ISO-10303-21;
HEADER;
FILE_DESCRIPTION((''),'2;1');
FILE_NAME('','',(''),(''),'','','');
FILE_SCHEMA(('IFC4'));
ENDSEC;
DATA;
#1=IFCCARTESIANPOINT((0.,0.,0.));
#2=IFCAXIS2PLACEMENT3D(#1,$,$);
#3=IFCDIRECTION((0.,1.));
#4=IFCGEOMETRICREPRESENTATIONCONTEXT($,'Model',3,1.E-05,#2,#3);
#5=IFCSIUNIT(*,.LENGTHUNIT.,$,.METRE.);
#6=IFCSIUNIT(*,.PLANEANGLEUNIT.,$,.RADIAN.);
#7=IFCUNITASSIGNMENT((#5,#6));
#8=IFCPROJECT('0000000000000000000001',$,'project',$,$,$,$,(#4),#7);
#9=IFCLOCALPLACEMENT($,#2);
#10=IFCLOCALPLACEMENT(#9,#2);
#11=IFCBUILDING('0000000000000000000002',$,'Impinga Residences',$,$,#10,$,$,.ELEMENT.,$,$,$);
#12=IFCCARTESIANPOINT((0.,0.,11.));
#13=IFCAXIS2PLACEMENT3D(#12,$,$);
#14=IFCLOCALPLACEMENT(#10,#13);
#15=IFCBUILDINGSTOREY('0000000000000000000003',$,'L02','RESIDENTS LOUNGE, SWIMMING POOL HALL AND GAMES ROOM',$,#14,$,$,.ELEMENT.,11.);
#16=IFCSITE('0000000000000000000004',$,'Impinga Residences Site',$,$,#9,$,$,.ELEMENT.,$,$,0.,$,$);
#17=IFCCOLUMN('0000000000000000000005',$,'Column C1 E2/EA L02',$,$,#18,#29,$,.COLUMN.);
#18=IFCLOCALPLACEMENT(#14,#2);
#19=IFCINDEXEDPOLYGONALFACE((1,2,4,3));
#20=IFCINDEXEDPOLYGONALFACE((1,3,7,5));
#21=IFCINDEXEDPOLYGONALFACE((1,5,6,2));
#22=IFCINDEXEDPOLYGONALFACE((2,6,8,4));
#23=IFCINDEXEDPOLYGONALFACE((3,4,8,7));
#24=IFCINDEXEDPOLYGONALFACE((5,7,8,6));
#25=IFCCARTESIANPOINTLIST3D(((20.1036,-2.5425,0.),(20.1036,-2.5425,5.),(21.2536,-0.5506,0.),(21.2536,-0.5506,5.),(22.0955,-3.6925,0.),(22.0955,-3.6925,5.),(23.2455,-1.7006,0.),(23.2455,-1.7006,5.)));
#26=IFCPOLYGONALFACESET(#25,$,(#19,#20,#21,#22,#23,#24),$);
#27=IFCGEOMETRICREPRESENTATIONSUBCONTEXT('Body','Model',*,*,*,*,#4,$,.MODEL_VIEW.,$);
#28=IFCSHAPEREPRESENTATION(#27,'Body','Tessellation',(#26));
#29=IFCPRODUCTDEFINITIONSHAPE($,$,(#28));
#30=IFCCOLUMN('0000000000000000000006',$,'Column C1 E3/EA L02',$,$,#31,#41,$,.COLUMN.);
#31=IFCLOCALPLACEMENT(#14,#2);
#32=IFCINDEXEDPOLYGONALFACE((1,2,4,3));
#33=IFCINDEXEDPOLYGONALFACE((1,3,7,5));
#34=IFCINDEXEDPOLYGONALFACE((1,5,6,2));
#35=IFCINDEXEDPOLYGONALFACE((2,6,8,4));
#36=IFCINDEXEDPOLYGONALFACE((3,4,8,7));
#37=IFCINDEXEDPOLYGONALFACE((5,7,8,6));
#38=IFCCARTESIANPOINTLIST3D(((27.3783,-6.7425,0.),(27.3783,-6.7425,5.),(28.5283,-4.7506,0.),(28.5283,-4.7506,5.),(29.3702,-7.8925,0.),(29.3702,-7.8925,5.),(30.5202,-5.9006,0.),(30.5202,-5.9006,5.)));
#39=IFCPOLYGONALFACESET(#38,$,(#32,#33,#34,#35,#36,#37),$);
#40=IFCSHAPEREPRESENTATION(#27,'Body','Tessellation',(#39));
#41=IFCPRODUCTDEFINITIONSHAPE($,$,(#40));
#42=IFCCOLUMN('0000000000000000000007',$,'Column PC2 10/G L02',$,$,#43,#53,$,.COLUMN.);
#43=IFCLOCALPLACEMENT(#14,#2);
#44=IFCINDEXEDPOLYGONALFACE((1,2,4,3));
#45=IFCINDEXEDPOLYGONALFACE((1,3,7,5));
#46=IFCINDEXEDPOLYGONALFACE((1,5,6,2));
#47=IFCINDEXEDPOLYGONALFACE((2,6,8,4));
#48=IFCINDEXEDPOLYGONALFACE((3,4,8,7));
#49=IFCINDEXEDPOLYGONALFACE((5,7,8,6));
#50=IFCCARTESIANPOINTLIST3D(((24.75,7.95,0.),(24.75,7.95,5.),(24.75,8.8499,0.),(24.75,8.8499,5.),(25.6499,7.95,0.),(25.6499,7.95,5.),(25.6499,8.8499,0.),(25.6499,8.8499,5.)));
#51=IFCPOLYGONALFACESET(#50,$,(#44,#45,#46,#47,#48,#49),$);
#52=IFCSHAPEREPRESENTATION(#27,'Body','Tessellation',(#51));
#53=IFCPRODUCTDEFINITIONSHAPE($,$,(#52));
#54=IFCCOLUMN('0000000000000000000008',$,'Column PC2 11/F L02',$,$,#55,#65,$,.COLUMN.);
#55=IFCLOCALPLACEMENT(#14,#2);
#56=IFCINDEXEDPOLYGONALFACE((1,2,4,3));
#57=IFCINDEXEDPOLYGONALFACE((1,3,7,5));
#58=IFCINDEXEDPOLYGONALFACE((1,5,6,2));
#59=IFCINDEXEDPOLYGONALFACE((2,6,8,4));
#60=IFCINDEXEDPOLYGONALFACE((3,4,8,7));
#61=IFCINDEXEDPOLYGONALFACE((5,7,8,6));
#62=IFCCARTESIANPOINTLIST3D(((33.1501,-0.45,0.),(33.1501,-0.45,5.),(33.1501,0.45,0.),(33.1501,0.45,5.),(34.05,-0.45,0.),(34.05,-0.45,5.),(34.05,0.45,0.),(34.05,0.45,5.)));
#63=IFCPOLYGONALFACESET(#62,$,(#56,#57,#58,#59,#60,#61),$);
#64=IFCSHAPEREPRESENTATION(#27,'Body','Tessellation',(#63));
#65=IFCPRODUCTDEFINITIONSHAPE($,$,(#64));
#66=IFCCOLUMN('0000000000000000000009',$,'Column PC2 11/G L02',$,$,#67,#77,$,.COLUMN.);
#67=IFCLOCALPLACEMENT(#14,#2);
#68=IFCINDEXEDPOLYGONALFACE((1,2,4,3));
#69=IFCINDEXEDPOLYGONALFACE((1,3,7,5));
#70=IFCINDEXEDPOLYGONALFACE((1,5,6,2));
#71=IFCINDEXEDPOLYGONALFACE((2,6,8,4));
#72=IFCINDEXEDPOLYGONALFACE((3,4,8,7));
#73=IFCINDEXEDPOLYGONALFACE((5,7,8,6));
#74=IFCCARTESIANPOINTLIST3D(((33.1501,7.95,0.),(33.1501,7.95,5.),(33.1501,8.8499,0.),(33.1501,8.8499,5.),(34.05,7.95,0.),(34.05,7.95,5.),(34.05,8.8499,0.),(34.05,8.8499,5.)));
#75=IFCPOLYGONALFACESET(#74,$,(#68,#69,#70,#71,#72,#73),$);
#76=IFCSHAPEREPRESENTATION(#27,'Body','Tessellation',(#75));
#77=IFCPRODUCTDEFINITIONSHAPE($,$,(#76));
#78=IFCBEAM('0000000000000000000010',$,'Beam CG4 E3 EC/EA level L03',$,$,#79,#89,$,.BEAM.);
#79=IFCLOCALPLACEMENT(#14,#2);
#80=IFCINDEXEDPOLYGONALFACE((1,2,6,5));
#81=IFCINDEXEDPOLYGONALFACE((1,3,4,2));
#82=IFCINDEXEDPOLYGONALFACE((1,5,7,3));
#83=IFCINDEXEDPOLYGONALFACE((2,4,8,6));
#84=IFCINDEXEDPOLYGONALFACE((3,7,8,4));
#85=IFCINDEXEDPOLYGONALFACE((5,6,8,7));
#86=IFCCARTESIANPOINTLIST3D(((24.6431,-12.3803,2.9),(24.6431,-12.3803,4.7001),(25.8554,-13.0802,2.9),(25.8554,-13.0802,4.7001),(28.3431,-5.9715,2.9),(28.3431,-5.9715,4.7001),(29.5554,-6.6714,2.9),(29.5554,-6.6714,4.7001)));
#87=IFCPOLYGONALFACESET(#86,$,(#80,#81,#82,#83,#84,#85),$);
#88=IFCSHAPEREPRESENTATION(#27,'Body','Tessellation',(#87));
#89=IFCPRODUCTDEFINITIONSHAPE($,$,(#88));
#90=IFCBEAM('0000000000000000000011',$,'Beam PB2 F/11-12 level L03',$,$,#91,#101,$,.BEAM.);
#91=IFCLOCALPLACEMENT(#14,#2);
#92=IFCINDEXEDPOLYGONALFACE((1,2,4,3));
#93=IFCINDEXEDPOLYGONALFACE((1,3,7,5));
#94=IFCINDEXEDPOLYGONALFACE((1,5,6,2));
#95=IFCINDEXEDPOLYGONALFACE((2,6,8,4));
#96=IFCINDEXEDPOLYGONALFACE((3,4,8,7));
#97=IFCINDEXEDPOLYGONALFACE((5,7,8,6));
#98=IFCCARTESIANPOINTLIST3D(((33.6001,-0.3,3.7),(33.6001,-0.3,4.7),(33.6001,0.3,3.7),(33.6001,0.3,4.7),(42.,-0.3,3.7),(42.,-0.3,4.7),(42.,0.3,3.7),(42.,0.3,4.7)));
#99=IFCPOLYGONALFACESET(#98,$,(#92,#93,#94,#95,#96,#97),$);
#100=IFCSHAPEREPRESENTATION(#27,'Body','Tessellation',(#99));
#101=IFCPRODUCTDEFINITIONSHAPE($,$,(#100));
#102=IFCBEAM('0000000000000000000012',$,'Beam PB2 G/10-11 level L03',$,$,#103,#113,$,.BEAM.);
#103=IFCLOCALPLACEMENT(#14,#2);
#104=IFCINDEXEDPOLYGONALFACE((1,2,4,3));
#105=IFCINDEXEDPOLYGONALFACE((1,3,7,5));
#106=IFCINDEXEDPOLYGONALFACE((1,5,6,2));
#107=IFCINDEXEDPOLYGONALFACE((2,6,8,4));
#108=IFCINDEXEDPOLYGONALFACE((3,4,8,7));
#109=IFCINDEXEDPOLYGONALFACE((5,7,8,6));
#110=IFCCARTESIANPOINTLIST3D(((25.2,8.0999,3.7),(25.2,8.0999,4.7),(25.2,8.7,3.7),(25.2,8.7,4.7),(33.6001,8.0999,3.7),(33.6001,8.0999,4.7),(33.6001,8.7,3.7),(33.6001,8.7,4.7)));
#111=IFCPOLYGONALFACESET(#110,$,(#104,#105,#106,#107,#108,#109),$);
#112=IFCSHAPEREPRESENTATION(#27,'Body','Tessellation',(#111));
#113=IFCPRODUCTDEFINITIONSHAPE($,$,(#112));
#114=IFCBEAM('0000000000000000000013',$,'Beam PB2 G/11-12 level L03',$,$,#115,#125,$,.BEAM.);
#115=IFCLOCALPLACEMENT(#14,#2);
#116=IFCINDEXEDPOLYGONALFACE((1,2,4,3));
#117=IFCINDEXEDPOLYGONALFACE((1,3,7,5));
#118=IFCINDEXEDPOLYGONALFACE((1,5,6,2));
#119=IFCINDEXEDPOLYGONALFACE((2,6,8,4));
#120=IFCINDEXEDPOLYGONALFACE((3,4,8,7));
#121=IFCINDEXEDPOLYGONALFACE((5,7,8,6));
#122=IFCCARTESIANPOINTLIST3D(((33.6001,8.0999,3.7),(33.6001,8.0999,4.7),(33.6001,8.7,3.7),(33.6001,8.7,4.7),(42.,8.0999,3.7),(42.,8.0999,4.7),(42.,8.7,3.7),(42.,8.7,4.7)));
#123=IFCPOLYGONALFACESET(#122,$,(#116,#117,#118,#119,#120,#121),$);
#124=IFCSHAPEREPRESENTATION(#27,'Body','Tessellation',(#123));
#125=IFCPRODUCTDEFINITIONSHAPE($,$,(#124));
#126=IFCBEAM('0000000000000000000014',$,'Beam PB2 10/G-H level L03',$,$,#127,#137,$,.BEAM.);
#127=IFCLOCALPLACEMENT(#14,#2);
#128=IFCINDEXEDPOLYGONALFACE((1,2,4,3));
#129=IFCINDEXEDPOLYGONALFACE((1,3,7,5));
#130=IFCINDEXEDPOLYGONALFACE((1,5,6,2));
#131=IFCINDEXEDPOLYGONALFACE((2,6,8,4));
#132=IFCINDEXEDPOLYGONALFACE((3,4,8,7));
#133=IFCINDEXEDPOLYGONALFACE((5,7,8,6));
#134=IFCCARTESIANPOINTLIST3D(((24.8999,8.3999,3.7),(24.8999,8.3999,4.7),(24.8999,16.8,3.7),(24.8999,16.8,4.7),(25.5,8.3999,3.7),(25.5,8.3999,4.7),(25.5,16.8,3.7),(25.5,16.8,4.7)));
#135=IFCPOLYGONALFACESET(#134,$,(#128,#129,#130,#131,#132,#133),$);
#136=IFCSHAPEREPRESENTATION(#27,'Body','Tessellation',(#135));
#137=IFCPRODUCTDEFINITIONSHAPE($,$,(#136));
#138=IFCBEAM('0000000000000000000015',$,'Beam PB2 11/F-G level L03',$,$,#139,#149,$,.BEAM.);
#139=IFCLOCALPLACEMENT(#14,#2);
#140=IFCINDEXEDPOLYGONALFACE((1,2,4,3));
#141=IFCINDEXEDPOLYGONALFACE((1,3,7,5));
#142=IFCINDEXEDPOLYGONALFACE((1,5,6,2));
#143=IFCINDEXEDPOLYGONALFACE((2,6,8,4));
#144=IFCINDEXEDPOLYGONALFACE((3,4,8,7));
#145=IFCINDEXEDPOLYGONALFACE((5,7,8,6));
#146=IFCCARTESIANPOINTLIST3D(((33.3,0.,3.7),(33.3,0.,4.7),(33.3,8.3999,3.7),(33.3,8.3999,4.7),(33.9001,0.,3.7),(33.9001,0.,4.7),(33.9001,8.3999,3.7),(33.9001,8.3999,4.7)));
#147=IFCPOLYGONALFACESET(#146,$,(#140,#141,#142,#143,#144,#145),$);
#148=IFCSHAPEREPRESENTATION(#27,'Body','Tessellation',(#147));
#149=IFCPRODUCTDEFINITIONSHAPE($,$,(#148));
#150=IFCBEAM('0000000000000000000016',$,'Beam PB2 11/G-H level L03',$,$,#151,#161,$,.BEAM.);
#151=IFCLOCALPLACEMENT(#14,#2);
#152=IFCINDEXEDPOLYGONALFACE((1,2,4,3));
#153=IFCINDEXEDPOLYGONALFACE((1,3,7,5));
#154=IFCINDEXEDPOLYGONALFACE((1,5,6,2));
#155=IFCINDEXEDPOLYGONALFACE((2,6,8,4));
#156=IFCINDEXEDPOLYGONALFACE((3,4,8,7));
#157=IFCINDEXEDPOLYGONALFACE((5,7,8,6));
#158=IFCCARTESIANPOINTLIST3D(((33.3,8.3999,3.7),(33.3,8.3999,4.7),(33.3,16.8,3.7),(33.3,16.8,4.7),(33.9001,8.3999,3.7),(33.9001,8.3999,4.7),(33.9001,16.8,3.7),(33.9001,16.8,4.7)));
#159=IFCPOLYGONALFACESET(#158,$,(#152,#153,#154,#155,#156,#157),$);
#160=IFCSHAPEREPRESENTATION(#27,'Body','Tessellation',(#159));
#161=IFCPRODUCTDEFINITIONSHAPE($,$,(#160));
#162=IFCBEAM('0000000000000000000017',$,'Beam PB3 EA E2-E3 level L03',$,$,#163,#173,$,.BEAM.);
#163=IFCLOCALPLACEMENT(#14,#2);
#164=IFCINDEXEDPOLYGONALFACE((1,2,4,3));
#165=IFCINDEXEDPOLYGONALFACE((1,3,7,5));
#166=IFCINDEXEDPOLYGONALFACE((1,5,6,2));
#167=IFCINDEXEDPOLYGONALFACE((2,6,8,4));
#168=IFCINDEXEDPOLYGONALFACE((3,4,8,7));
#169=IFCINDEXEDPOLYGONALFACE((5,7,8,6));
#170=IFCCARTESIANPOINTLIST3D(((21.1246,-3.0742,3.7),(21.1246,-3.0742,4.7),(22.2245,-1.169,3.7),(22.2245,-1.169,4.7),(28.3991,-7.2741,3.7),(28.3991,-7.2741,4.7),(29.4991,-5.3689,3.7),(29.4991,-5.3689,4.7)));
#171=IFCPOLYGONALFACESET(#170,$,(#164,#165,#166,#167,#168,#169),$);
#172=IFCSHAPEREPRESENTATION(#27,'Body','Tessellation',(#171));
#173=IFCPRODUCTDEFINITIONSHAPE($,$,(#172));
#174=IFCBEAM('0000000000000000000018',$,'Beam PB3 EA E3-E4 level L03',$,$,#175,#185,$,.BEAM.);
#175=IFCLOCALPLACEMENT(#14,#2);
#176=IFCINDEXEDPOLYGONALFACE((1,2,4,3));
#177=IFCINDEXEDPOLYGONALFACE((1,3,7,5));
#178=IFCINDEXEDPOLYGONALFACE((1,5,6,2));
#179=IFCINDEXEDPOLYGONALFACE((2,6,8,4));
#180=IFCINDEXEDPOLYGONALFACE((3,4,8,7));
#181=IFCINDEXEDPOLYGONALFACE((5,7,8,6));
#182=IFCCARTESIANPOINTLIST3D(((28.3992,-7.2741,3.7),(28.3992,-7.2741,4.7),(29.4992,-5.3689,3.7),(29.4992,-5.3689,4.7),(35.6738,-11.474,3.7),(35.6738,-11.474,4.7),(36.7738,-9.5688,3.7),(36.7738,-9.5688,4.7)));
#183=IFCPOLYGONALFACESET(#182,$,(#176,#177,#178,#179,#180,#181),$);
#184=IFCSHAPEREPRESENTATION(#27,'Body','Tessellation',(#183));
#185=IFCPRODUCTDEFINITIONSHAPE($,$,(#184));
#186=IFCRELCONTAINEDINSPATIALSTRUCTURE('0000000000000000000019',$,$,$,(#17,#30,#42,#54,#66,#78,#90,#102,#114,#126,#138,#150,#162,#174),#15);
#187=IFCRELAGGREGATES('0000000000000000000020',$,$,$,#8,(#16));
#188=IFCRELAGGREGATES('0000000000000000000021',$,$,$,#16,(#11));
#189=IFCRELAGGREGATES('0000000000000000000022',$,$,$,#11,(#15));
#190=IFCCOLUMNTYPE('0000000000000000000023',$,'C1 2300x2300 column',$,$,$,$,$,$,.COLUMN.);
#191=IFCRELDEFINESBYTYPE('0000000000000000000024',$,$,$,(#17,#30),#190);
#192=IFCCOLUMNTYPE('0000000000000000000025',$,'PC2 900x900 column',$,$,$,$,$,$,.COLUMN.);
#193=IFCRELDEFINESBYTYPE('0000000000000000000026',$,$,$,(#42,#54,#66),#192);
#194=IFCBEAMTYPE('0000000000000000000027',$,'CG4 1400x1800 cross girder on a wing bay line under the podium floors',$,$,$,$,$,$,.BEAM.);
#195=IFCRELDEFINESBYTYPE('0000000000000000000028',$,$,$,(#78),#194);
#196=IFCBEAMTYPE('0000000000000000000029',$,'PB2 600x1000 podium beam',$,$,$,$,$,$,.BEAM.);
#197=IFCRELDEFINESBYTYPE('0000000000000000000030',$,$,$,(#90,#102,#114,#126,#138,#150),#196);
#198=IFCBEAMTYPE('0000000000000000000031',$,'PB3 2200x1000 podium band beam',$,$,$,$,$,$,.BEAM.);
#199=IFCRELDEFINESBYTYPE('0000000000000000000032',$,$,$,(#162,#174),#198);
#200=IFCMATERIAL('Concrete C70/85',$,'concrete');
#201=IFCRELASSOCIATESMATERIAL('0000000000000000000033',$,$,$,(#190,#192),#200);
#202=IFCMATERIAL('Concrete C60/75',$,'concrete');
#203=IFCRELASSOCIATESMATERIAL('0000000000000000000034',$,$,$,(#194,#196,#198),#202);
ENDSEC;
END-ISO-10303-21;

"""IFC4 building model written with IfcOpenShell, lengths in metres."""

from ifc_helpers import new_model, si_unit, direction, frame, origin, origin_2d, place, context, subcontext, project, spatial, rectangle, extrude, material, material_profile, profile_set, type_object, element, save


model = new_model("IFC4")

# Units and contexts
model_context = context("Model", 3, precision=1e-05, world=origin(), true_north=direction((0.0, 1.0)))
body_context = subcontext(model_context, "Body", "Model", "MODEL_VIEW")
ifc_project = project(units=[si_unit("LENGTHUNIT", "METRE"), si_unit("PLANEANGLEUNIT", "RADIAN")], contexts=[model_context])

# Site, building, storey
site_placement = place(None, origin())
site = spatial("IfcSite", under=ifc_project, at=site_placement, Name="Impinga Residences Site", CompositionType="ELEMENT", RefElevation=0.0)
building_placement = place(site_placement, origin())
building = spatial("IfcBuilding", under=site, at=building_placement, Name="Impinga Residences", CompositionType="ELEMENT")
storey_placement = place(building_placement, frame((0.0, 0.0, 11.0)))
storey = spatial("IfcBuildingStorey", under=building, at=storey_placement, Name="L02", Description="RESIDENTS LOUNGE, SWIMMING POOL HALL AND GAMES ROOM", CompositionType="ELEMENT", Elevation=11.0)

# Columns
ifc_material_1 = material(Name="Concrete C70/85", Category="concrete")
ifc_material_profile_1 = material_profile(ifc_material_1, rectangle(XDim=2.3, YDim=2.3, at=origin_2d()), Name="RC 2300x2300")
ifc_profile_set_1 = profile_set([ifc_material_profile_1], Name="Concrete C70/85")
column_type_1 = type_object("IfcColumnType", Name="C1 2300x2300 column", PredefinedType="COLUMN", material=ifc_profile_set_1)
for number, where, z_axis, x_axis, name in (
    (1, (21.6746, -2.1216, 0.0), (0.0, 0.0, 1.0), (-0.5, -0.866025, 0.0), "Column C1 E2/EA L02"),
    (2, (28.9492, -6.3215, 0.0), (0.0, 0.0, 1.0), (-0.5, -0.866025, 0.0), "Column C1 E3/EA L02"),
):
    element("IfcColumn", number, at=place(storey_placement, frame(where, z_axis=z_axis, x_axis=x_axis)), inside=storey, type_object=column_type_1, Name=name, PredefinedType="COLUMN", context=body_context, shape_type="SweptSolid", body=[
        extrude(rectangle(XDim=2.3, YDim=2.3, at=origin_2d()), origin(), (0.0, 0.0, 1.0), 5.0),
    ])
ifc_material_profile_2 = material_profile(ifc_material_1, rectangle(XDim=0.8999, YDim=0.8999, at=origin_2d()), Name="RC 900x900")
ifc_profile_set_2 = profile_set([ifc_material_profile_2], Name="Concrete C70/85")
column_type_2 = type_object("IfcColumnType", Name="PC2 900x900 column", PredefinedType="COLUMN", material=ifc_profile_set_2)
for number, where, z_axis, x_axis, name in (
    (3, (25.2, 8.3999, 0.0), (0.0, 0.0, 1.0), (1.0, 0.0, 0.0), "Column PC2 10/G L02"),
    (4, (33.6001, 0.0, 0.0), (0.0, 0.0, 1.0), (1.0, 0.0, 0.0), "Column PC2 11/F L02"),
    (5, (33.6001, 8.3999, 0.0), (0.0, 0.0, 1.0), (1.0, 0.0, 0.0), "Column PC2 11/G L02"),
):
    element("IfcColumn", number, at=place(storey_placement, frame(where, z_axis=z_axis, x_axis=x_axis)), inside=storey, type_object=column_type_2, Name=name, PredefinedType="COLUMN", context=body_context, shape_type="SweptSolid", body=[
        extrude(rectangle(XDim=0.8999, YDim=0.8999, at=origin_2d()), origin(), (0.0, 0.0, 1.0), 5.0),
    ])

# Beams
ifc_material_2 = material(Name="Concrete C60/75", Category="concrete")
ifc_material_profile_3 = material_profile(ifc_material_2, rectangle(XDim=1.3999, YDim=1.8, at=origin_2d()), Name="RC 1400x1800")
ifc_profile_set_3 = profile_set([ifc_material_profile_3], Name="Concrete C60/75")
beam_type_1 = type_object("IfcBeamType", Name="CG4 1400x1800 cross girder on a wing bay line under the podium floors", PredefinedType="BEAM", material=ifc_profile_set_3)
beam_1_placement = place(storey_placement, frame((25.2493, -12.7302, 3.8), z_axis=(0.499989, 0.866032, 0.0), x_axis=(-0.866032, 0.499989, 0.0)))
element("IfcBeam", 6, at=beam_1_placement, inside=storey, type_object=beam_type_1, Name="Beam CG4 E3 EC/EA level L03", PredefinedType="BEAM", context=body_context, shape_type="SweptSolid", body=[
    extrude(rectangle(XDim=1.3999, YDim=1.8, at=origin_2d()), origin(), (0.0, 0.0, 1.0), 7.4001),
])
ifc_material_profile_4 = material_profile(ifc_material_2, rectangle(XDim=0.6001, YDim=1.0, at=origin_2d()), Name="RC 600x1000")
ifc_profile_set_4 = profile_set([ifc_material_profile_4], Name="Concrete C60/75")
beam_type_2 = type_object("IfcBeamType", Name="PB2 600x1000 podium beam", PredefinedType="BEAM", material=ifc_profile_set_4)
beam_2_placement = place(storey_placement, frame((33.6001, 0.0, 4.2), z_axis=(1.0, 0.0, 0.0), x_axis=(0.0, 1.0, 0.0)))
element("IfcBeam", 7, at=beam_2_placement, inside=storey, type_object=beam_type_2, Name="Beam PB2 F/11-12 level L03", PredefinedType="BEAM", context=body_context, shape_type="SweptSolid", body=[
    extrude(rectangle(XDim=0.6001, YDim=1.0, at=origin_2d()), origin(), (0.0, 0.0, 1.0), 8.3999),
])
beam_3_placement = place(storey_placement, frame((25.2, 8.3999, 4.2), z_axis=(1.0, 0.0, 0.0), x_axis=(0.0, 1.0, 0.0)))
element("IfcBeam", 8, at=beam_3_placement, inside=storey, type_object=beam_type_2, Name="Beam PB2 G/10-11 level L03", PredefinedType="BEAM", context=body_context, shape_type="SweptSolid", body=[
    extrude(rectangle(XDim=0.6001, YDim=1.0, at=origin_2d()), origin(), (0.0, 0.0, 1.0), 8.4001),
])
beam_4_placement = place(storey_placement, frame((33.6001, 8.3999, 4.2), z_axis=(1.0, 0.0, 0.0), x_axis=(0.0, 1.0, 0.0)))
element("IfcBeam", 9, at=beam_4_placement, inside=storey, type_object=beam_type_2, Name="Beam PB2 G/11-12 level L03", PredefinedType="BEAM", context=body_context, shape_type="SweptSolid", body=[
    extrude(rectangle(XDim=0.6001, YDim=1.0, at=origin_2d()), origin(), (0.0, 0.0, 1.0), 8.3999),
])
beam_5_placement = place(storey_placement, frame((25.2, 8.3999, 4.2), z_axis=(0.0, 1.0, 0.0), x_axis=(-1.0, 0.0, 0.0)))
element("IfcBeam", 10, at=beam_5_placement, inside=storey, type_object=beam_type_2, Name="Beam PB2 10/G-H level L03", PredefinedType="BEAM", context=body_context, shape_type="SweptSolid", body=[
    extrude(rectangle(XDim=0.6001, YDim=1.0, at=origin_2d()), origin(), (0.0, 0.0, 1.0), 8.4001),
])
beam_6_placement = place(storey_placement, frame((33.6001, 0.0, 4.2), z_axis=(0.0, 1.0, 0.0), x_axis=(-1.0, 0.0, 0.0)))
element("IfcBeam", 11, at=beam_6_placement, inside=storey, type_object=beam_type_2, Name="Beam PB2 11/F-G level L03", PredefinedType="BEAM", context=body_context, shape_type="SweptSolid", body=[
    extrude(rectangle(XDim=0.6001, YDim=1.0, at=origin_2d()), origin(), (0.0, 0.0, 1.0), 8.3999),
])
beam_7_placement = place(storey_placement, frame((33.6001, 8.3999, 4.2), z_axis=(0.0, 1.0, 0.0), x_axis=(-1.0, 0.0, 0.0)))
element("IfcBeam", 12, at=beam_7_placement, inside=storey, type_object=beam_type_2, Name="Beam PB2 11/G-H level L03", PredefinedType="BEAM", context=body_context, shape_type="SweptSolid", body=[
    extrude(rectangle(XDim=0.6001, YDim=1.0, at=origin_2d()), origin(), (0.0, 0.0, 1.0), 8.4001),
])
ifc_material_profile_5 = material_profile(ifc_material_2, rectangle(XDim=2.2, YDim=1.0, at=origin_2d()), Name="RC 2200x1000")
ifc_profile_set_5 = profile_set([ifc_material_profile_5], Name="Concrete C60/75")
beam_type_3 = type_object("IfcBeamType", Name="PB3 2200x1000 podium band beam", PredefinedType="BEAM", material=ifc_profile_set_5)
for number, where, z_axis, x_axis, name in (
    (13, (21.6746, -2.1216, 4.2), (0.866029, -0.499993, 0.0), (0.499993, 0.866029, 0.0), "Beam PB3 EA E2-E3 level L03"),
    (14, (28.9492, -6.3215, 4.2), (0.866029, -0.499993, 0.0), (0.499993, 0.866029, 0.0), "Beam PB3 EA E3-E4 level L03"),
):
    element("IfcBeam", number, at=place(storey_placement, frame(where, z_axis=z_axis, x_axis=x_axis)), inside=storey, type_object=beam_type_3, Name=name, PredefinedType="BEAM", context=body_context, shape_type="SweptSolid", body=[
        extrude(rectangle(XDim=2.2, YDim=1.0, at=origin_2d()), origin(), (0.0, 0.0, 1.0), 8.3999),
    ])

save(model, "model.ifc")
